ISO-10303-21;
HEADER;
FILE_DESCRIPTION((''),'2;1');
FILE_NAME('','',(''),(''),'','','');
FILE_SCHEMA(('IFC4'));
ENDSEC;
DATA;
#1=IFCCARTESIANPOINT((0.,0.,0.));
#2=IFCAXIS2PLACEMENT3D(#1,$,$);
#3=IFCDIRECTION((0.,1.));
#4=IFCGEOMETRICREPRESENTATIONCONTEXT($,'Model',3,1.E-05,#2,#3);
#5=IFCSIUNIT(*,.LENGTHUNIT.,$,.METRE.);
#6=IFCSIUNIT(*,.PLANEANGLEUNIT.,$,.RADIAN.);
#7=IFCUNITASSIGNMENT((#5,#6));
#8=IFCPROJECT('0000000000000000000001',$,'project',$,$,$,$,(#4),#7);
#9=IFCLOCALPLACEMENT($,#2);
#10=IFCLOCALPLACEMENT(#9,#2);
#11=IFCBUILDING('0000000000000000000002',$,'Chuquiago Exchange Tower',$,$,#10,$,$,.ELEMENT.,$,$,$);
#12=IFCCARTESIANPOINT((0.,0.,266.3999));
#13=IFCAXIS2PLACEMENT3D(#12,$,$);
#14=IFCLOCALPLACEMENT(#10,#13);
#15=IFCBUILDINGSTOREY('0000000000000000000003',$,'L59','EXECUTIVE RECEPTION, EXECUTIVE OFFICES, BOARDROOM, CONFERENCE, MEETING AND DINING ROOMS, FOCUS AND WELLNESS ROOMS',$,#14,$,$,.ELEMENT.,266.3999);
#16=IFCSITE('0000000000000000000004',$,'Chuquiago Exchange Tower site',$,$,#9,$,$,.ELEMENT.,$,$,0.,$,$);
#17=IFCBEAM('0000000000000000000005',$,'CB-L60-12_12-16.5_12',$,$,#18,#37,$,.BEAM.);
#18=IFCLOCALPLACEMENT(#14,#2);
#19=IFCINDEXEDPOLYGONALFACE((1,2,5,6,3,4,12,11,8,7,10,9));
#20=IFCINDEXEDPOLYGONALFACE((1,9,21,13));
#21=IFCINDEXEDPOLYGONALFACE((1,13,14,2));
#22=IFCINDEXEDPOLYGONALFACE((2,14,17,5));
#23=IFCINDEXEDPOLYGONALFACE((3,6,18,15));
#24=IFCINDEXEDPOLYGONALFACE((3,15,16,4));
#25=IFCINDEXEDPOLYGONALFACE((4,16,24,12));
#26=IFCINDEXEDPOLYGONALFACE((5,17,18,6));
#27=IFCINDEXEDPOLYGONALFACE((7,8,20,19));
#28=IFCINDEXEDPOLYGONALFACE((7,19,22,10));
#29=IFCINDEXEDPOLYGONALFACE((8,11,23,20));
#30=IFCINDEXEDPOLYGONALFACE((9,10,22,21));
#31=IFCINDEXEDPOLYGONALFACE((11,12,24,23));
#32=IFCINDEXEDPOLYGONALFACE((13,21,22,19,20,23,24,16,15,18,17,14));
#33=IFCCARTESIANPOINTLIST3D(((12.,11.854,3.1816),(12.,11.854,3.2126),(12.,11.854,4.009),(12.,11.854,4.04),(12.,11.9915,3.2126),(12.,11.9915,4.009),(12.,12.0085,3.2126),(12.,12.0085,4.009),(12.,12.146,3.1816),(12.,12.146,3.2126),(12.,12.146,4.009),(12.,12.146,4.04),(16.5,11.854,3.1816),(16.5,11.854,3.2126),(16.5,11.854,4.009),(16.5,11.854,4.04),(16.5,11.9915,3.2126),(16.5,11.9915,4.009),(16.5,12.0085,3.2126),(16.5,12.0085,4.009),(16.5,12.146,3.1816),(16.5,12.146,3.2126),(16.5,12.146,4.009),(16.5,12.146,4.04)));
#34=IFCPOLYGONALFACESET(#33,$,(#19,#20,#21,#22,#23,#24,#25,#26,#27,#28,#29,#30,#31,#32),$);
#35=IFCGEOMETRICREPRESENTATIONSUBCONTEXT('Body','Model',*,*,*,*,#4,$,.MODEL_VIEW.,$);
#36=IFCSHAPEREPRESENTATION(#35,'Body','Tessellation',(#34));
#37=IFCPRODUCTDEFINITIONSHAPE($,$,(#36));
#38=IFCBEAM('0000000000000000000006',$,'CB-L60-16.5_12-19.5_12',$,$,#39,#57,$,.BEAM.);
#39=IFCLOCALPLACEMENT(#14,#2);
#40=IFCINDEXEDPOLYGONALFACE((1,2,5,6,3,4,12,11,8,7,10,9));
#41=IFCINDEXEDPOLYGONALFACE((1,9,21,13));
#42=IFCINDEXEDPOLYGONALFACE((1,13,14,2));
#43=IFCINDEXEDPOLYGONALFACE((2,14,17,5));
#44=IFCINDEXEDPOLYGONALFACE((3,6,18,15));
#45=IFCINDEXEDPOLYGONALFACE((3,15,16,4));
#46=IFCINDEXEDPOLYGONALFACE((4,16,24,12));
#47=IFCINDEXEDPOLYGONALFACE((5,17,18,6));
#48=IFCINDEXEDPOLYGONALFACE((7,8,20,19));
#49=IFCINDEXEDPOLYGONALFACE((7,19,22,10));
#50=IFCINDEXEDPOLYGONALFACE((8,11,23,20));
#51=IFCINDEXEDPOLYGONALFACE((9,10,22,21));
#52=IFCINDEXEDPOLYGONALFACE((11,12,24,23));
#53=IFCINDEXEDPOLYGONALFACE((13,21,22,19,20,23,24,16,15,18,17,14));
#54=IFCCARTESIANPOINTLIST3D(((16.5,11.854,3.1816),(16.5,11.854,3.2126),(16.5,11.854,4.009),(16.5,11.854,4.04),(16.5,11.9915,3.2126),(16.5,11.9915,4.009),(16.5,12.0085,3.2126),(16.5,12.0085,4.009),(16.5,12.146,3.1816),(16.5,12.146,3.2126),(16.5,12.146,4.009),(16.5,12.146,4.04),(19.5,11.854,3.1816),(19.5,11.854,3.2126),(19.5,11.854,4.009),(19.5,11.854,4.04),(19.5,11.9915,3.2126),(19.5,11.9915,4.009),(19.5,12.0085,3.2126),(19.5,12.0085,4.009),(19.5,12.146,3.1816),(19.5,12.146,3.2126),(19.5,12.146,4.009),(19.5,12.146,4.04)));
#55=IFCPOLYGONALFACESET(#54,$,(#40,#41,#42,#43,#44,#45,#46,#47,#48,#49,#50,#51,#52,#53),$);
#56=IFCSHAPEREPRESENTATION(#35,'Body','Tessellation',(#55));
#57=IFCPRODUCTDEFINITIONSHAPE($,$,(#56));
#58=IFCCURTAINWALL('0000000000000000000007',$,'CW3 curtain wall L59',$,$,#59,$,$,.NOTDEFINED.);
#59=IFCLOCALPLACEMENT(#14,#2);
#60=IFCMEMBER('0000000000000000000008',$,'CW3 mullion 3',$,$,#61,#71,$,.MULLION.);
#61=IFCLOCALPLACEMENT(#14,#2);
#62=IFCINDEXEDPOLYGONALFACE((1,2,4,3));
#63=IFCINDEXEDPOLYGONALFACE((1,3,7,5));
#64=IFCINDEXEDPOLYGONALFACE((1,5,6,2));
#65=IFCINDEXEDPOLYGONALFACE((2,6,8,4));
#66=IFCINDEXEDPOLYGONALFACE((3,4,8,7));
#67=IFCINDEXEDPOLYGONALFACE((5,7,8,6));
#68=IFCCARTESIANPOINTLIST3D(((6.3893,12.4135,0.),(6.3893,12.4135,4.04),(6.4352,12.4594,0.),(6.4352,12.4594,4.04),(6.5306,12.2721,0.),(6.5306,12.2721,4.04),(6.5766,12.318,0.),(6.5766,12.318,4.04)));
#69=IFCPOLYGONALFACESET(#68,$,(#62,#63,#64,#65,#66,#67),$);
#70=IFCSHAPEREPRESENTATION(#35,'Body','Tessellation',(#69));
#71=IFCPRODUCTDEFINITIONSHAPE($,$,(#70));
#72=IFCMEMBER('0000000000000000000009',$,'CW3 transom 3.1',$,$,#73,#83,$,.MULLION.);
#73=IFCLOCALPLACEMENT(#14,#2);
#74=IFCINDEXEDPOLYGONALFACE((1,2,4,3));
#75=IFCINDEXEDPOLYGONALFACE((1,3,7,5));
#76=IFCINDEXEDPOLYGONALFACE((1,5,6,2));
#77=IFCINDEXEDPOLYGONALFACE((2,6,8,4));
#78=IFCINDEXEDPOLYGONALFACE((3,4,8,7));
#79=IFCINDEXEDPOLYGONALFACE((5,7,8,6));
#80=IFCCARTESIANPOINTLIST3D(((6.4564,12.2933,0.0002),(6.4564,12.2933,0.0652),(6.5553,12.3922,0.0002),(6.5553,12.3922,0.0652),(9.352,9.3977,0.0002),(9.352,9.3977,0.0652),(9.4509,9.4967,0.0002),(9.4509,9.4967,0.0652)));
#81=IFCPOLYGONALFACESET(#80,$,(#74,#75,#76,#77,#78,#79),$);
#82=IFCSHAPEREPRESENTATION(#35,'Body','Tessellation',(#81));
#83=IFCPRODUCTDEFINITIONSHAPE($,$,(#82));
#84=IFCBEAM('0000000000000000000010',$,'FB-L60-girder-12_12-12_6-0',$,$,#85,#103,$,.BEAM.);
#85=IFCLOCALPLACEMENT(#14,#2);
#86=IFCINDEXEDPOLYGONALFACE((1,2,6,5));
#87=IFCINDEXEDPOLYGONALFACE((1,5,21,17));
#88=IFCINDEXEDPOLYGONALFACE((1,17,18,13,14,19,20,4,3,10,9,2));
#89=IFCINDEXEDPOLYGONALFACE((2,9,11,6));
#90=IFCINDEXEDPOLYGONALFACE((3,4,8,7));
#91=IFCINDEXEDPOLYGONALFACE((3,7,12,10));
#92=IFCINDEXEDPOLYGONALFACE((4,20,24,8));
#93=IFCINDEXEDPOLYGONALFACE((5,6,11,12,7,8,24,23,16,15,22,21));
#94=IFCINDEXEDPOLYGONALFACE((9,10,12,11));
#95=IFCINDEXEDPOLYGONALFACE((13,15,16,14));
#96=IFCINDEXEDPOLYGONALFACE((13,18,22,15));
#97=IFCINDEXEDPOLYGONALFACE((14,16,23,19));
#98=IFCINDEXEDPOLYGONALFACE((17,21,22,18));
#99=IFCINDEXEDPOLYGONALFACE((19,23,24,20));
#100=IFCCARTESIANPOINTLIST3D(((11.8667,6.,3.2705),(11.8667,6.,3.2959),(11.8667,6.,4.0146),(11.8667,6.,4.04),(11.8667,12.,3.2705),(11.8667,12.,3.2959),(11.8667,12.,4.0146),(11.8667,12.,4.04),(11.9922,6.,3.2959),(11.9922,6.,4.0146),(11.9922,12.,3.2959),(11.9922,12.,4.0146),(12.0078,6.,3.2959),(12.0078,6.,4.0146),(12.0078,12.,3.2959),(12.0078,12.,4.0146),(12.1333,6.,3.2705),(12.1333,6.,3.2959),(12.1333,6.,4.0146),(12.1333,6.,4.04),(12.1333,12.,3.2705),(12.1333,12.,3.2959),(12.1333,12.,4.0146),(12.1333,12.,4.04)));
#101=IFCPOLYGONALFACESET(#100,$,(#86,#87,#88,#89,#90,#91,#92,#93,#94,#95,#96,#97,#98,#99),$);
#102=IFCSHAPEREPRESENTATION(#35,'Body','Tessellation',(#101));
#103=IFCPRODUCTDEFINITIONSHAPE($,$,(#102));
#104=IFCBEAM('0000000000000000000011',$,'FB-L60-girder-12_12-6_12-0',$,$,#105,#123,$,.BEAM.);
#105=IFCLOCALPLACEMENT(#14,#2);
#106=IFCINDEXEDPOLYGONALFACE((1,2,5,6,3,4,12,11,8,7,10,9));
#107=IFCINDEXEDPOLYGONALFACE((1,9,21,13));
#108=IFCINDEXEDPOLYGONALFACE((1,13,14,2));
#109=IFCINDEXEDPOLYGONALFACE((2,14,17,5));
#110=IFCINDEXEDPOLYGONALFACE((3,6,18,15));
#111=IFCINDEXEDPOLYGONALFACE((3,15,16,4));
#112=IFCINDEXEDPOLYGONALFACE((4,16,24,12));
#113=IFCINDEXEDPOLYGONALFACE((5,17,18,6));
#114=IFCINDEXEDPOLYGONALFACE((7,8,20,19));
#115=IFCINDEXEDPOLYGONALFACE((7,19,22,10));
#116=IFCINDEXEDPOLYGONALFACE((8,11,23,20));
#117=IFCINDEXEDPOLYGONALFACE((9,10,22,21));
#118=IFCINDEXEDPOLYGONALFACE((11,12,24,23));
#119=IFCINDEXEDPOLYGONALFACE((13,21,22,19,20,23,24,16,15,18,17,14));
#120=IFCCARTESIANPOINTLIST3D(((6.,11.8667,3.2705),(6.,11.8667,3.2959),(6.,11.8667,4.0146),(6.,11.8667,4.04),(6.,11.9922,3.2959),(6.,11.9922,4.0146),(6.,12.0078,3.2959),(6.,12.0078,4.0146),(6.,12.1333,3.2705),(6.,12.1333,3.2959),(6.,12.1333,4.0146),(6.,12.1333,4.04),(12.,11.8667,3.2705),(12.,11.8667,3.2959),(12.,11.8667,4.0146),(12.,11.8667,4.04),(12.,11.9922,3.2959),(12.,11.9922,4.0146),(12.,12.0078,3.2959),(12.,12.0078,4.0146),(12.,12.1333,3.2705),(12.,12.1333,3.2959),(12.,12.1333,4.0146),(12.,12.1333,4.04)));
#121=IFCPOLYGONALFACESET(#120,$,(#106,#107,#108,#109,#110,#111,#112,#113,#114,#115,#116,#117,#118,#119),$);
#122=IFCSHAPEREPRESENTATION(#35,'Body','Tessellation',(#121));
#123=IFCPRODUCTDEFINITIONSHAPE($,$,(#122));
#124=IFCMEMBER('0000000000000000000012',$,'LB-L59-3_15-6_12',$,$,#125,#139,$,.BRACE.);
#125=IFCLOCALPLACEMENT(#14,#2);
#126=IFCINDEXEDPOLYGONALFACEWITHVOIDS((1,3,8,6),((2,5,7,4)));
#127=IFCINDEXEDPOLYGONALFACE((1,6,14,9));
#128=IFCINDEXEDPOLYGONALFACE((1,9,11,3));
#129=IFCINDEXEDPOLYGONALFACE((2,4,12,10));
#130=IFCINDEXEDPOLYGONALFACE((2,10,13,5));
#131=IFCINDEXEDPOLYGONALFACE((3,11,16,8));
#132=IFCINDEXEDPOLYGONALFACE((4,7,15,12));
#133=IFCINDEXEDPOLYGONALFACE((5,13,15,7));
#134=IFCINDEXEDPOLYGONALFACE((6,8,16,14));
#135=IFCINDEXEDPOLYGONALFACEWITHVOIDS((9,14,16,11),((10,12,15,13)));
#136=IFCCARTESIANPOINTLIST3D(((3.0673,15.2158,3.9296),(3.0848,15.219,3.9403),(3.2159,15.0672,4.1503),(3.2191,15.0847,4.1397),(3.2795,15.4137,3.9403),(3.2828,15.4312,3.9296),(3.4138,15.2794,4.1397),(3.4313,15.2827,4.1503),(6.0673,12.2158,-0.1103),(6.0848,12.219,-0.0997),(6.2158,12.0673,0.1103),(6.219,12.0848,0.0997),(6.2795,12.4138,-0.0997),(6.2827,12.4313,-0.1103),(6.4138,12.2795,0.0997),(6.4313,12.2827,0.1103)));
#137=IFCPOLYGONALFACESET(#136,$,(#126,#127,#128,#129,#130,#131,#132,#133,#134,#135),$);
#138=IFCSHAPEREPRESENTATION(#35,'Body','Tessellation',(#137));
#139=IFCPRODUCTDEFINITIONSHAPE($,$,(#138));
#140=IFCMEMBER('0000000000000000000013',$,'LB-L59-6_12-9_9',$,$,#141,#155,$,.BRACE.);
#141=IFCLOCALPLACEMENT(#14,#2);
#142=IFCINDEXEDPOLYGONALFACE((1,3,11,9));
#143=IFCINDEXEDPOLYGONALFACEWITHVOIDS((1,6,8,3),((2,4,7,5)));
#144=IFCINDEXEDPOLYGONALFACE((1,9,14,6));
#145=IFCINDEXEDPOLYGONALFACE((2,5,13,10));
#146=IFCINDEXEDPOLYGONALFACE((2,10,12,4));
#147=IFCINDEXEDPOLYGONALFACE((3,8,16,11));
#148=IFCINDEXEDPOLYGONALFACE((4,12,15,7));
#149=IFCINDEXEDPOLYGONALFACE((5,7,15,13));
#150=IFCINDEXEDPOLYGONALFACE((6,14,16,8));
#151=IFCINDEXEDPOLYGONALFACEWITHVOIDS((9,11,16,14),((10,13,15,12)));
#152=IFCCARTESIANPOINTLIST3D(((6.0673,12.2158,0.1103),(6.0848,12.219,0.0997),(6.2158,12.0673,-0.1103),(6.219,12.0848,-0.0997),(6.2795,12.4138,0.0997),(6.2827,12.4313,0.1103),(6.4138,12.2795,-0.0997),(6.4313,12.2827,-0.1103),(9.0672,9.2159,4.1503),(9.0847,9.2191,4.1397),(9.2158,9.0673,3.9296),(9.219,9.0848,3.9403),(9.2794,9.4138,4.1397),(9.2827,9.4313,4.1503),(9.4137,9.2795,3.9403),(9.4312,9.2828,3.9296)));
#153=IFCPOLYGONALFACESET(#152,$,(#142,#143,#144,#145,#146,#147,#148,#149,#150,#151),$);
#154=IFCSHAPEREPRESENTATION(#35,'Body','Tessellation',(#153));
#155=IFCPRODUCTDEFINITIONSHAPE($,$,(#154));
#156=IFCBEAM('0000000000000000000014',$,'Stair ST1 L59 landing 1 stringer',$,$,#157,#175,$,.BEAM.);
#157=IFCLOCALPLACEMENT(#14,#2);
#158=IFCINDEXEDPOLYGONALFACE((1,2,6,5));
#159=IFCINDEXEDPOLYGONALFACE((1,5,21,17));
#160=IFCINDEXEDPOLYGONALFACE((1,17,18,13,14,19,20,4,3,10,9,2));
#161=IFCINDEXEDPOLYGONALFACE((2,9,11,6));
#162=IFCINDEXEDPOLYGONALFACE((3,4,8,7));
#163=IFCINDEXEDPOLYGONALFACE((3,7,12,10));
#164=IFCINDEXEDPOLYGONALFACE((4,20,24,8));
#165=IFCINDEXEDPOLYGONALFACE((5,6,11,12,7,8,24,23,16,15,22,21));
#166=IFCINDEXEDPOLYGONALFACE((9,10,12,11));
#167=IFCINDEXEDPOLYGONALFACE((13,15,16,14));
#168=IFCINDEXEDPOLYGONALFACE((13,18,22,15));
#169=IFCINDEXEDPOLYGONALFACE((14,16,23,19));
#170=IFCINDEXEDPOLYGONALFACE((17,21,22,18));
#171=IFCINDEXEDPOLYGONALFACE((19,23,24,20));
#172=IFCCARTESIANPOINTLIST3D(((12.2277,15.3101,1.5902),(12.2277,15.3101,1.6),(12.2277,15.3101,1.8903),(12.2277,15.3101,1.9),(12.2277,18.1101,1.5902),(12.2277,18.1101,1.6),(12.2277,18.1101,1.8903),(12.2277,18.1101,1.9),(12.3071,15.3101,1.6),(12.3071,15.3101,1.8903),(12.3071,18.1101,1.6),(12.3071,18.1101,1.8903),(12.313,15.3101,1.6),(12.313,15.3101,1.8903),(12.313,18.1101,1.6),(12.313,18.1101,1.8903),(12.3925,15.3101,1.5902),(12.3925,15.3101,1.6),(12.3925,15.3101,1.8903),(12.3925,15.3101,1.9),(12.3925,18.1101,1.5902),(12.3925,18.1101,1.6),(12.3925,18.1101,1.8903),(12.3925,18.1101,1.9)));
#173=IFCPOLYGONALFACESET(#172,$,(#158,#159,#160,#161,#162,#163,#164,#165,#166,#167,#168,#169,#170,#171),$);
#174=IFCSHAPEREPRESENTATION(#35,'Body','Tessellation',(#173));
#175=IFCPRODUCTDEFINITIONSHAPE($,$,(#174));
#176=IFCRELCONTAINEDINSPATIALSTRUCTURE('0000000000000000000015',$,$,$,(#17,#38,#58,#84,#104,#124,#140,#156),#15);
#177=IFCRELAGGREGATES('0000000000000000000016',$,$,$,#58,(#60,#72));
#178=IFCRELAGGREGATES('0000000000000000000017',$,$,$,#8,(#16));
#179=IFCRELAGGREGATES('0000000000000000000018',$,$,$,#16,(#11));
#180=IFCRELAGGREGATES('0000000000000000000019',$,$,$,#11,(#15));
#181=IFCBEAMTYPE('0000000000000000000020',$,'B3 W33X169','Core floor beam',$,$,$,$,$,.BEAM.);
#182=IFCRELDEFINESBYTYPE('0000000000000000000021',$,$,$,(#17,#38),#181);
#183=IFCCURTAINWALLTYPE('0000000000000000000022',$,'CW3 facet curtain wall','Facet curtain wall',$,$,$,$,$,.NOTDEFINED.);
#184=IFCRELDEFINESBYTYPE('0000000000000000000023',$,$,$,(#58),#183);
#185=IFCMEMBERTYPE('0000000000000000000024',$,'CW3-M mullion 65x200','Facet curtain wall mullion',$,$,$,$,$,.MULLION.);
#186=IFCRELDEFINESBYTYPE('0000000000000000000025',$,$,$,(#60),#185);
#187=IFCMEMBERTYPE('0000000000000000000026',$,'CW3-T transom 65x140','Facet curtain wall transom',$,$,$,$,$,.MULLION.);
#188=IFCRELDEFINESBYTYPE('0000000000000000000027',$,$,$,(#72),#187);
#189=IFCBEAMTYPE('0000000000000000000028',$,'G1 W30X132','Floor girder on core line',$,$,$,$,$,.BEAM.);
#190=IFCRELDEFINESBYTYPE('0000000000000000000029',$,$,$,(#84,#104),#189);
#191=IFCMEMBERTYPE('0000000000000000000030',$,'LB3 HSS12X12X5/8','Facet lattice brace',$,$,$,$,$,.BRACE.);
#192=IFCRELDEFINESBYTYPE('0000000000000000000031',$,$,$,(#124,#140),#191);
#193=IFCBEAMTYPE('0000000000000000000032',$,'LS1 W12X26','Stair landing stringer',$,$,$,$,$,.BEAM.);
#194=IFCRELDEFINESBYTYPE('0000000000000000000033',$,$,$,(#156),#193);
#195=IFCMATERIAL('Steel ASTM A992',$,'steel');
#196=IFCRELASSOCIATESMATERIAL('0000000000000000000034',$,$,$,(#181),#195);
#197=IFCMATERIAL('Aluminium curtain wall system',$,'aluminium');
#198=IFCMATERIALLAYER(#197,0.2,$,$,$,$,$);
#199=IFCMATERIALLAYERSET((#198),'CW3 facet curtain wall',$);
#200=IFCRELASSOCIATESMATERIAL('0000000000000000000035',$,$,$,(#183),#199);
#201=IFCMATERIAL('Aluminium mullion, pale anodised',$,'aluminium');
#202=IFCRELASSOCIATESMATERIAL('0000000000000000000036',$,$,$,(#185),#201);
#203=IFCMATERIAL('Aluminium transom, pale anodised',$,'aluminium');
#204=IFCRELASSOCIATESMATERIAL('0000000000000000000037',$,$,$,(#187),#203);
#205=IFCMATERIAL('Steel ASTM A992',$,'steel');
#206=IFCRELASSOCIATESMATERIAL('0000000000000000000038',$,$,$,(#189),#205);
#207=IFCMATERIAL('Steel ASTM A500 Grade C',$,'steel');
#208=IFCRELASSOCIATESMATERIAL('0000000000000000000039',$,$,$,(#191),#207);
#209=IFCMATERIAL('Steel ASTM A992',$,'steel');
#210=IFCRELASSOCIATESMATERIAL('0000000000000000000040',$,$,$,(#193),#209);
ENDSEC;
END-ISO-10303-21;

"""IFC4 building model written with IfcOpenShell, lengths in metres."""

from ifc_helpers import new_model, si_unit, direction, frame, origin, origin_2d, place, context, subcontext, project, spatial, rectangle, hollow_rectangle, i_section, extrude, material, layer, layer_set, material_profile, profile_set, type_object, element, aggregate, save


model = new_model("IFC4")

# Units and contexts
model_context = context("Model", 3, precision=1e-05, world=origin(), true_north=direction((0.0, 1.0)))
body_context = subcontext(model_context, "Body", "Model", "MODEL_VIEW")
ifc_project = project(units=[si_unit("LENGTHUNIT", "METRE"), si_unit("PLANEANGLEUNIT", "RADIAN")], contexts=[model_context])

# Site, building, storey
site_placement = place(None, origin())
site = spatial("IfcSite", under=ifc_project, at=site_placement, Name="Chuquiago Exchange Tower site", CompositionType="ELEMENT", RefElevation=0.0)
building_placement = place(site_placement, origin())
building = spatial("IfcBuilding", under=site, at=building_placement, Name="Chuquiago Exchange Tower", CompositionType="ELEMENT")
storey_placement = place(building_placement, frame((0.0, 0.0, 266.3999)))
storey = spatial("IfcBuildingStorey", under=building, at=storey_placement, Name="L59", Description="EXECUTIVE RECEPTION, EXECUTIVE OFFICES, BOARDROOM, CONFERENCE, MEETING AND DINING ROOMS, FOCUS AND WELLNESS ROOMS", CompositionType="ELEMENT", Elevation=266.3999)

# Beams
ifc_material_1 = material(Name="Steel ASTM A992", Category="steel")
ifc_material_profile_1 = material_profile(ifc_material_1, i_section(OverallWidth=0.292, OverallDepth=0.8584, WebThickness=0.0171, FlangeThickness=0.031, at=origin_2d()), Name="W33X169")
ifc_profile_set_1 = profile_set([ifc_material_profile_1], Name="Steel ASTM A992")
beam_type_1 = type_object("IfcBeamType", Name="B3 W33X169", Description="Core floor beam", PredefinedType="BEAM", material=ifc_profile_set_1)
beam_1_placement = place(storey_placement, frame((12.0, 12.0, 3.6108), z_axis=(1.0, 0.0, 0.0), x_axis=(0.0, 1.0, 0.0)))
element("IfcBeam", 1, at=beam_1_placement, inside=storey, type_object=beam_type_1, Name="CB-L60-12_12-16.5_12", PredefinedType="BEAM", context=body_context, shape_type="SweptSolid", body=[
    extrude(i_section(OverallWidth=0.292, OverallDepth=0.8584, WebThickness=0.0171, FlangeThickness=0.031, at=origin_2d()), origin(), (0.0, 0.0, 1.0), 4.5),
])
beam_2_placement = place(storey_placement, frame((16.5, 12.0, 3.6108), z_axis=(1.0, 0.0, 0.0), x_axis=(0.0, 1.0, 0.0)))
element("IfcBeam", 2, at=beam_2_placement, inside=storey, type_object=beam_type_1, Name="CB-L60-16.5_12-19.5_12", PredefinedType="BEAM", context=body_context, shape_type="SweptSolid", body=[
    extrude(i_section(OverallWidth=0.292, OverallDepth=0.8584, WebThickness=0.0171, FlangeThickness=0.031, at=origin_2d()), origin(), (0.0, 0.0, 1.0), 3.0),
])

# Curtain wall, members
ifc_material_2 = material(Name="Aluminium curtain wall system", Category="aluminium")
ifc_layer_1 = layer(ifc_material_2, 0.2)
ifc_layer_set_1 = layer_set([ifc_layer_1], Name="CW3 facet curtain wall")
curtain_wall_type = type_object("IfcCurtainWallType", Name="CW3 facet curtain wall", Description="Facet curtain wall", PredefinedType="NOTDEFINED", material=ifc_layer_set_1)
curtain_wall_placement = place(storey_placement, origin())
curtain_wall = element("IfcCurtainWall", 3, at=curtain_wall_placement, inside=storey, type_object=curtain_wall_type, Name="CW3 curtain wall L59", PredefinedType="NOTDEFINED")
ifc_material_3 = material(Name="Aluminium mullion, pale anodised", Category="aluminium")
ifc_material_profile_2 = material_profile(ifc_material_3, rectangle(XDim=0.0649, YDim=0.2, at=origin_2d()), Name="AL 65x200")
ifc_profile_set_2 = profile_set([ifc_material_profile_2], Name="Aluminium mullion, pale anodised")
member_type_1 = type_object("IfcMemberType", Name="CW3-M mullion 65x200", Description="Facet curtain wall mullion", PredefinedType="MULLION", material=ifc_profile_set_2)
member_1_placement = place(storey_placement, frame((6.4829, 12.3657, 0.0), z_axis=(0.0, 0.0, 1.0), x_axis=(0.707107, 0.707107, 0.0)))
member_1 = element("IfcMember", 4, at=member_1_placement, type_object=member_type_1, Name="CW3 mullion 3", PredefinedType="MULLION", context=body_context, shape_type="SweptSolid", body=[
    extrude(rectangle(XDim=0.0649, YDim=0.2, at=origin_2d()), origin(), (0.0, 0.0, 1.0), 4.04),
])
ifc_material_4 = material(Name="Aluminium transom, pale anodised", Category="aluminium")
ifc_material_profile_3 = material_profile(ifc_material_4, rectangle(XDim=0.1399, YDim=0.0649, at=origin_2d()), Name="AL 140x65")
ifc_profile_set_3 = profile_set([ifc_material_profile_3], Name="Aluminium transom, pale anodised")
member_type_2 = type_object("IfcMemberType", Name="CW3-T transom 65x140", Description="Facet curtain wall transom", PredefinedType="MULLION", material=ifc_profile_set_3)
member_2_placement = place(storey_placement, frame((6.5059, 12.3428, 0.0327), z_axis=(0.707107, -0.707107, 0.0), x_axis=(0.707107, 0.707107, 0.0)))
member_2 = element("IfcMember", 5, at=member_2_placement, type_object=member_type_2, Name="CW3 transom 3.1", PredefinedType="MULLION", context=body_context, shape_type="SweptSolid", body=[
    extrude(rectangle(XDim=0.1399, YDim=0.0649, at=origin_2d()), origin(), (0.0, 0.0, 1.0), 4.095),
])

# Beams
ifc_material_5 = material(Name="Steel ASTM A992", Category="steel")
ifc_material_profile_4 = material_profile(ifc_material_5, i_section(OverallWidth=0.2666, OverallDepth=0.7695, WebThickness=0.0156, FlangeThickness=0.0254, at=origin_2d()), Name="W30X132")
ifc_profile_set_4 = profile_set([ifc_material_profile_4], Name="Steel ASTM A992")
beam_type_2 = type_object("IfcBeamType", Name="G1 W30X132", Description="Floor girder on core line", PredefinedType="BEAM", material=ifc_profile_set_4)
for number, where, z_axis, x_axis, name in (
    (6, (12.0, 12.0, 3.6553), (0.0, -1.0, 0.0), (1.0, 0.0, 0.0), "FB-L60-girder-12_12-12_6-0"),
    (7, (12.0, 12.0, 3.6553), (-1.0, 0.0, 0.0), (0.0, -1.0, 0.0), "FB-L60-girder-12_12-6_12-0"),
):
    element("IfcBeam", number, at=place(storey_placement, frame(where, z_axis=z_axis, x_axis=x_axis)), inside=storey, type_object=beam_type_2, Name=name, PredefinedType="BEAM", context=body_context, shape_type="SweptSolid", body=[
        extrude(i_section(OverallWidth=0.2666, OverallDepth=0.7695, WebThickness=0.0156, FlangeThickness=0.0254, at=origin_2d()), origin(), (0.0, 0.0, 1.0), 6.0),
    ])

# Members
ifc_material_6 = material(Name="Steel ASTM A500 Grade C", Category="steel")
ifc_material_profile_5 = material_profile(ifc_material_6, hollow_rectangle(XDim=0.3047, YDim=0.3047, WallThickness=0.0146, at=origin_2d()), Name="HSS12X12X5/8")
ifc_profile_set_5 = profile_set([ifc_material_profile_5], Name="Steel ASTM A500 Grade C")
member_type_3 = type_object("IfcMemberType", Name="LB3 HSS12X12X5/8", Description="Facet lattice brace", PredefinedType="BRACE", material=ifc_profile_set_5)
for number, where, z_axis, x_axis, name in (
    (8, (6.2493, 12.2493, 0.0), (-0.512077, 0.512077, 0.689604), (-0.707107, -0.707107, 0.0), "LB-L59-3_15-6_12"),
    (9, (6.2493, 12.2493, 0.0), (0.512077, -0.512077, 0.689604), (0.707107, 0.707107, 0.0), "LB-L59-6_12-9_9"),
):
    element("IfcMember", number, at=place(storey_placement, frame(where, z_axis=z_axis, x_axis=x_axis)), inside=storey, type_object=member_type_3, Name=name, PredefinedType="BRACE", context=body_context, shape_type="SweptSolid", body=[
        extrude(hollow_rectangle(XDim=0.3047, YDim=0.3047, WallThickness=0.0146, at=origin_2d()), origin(), (0.0, 0.0, 1.0), 5.8584),
    ])

# Beam
ifc_material_7 = material(Name="Steel ASTM A992", Category="steel")
ifc_material_profile_6 = material_profile(ifc_material_7, i_section(OverallWidth=0.1648, OverallDepth=0.3098, WebThickness=0.0059, FlangeThickness=0.0098, at=origin_2d()), Name="W12X26")
ifc_profile_set_6 = profile_set([ifc_material_profile_6], Name="Steel ASTM A992")
beam_type_3 = type_object("IfcBeamType", Name="LS1 W12X26", Description="Stair landing stringer", PredefinedType="BEAM", material=ifc_profile_set_6)
for number, where, z_axis, x_axis, name in (
    (10, (12.3101, 15.3101, 1.7451), (0.0, 1.0, 0.0), (-1.0, 0.0, 0.0), "Stair ST1 L59 landing 1 stringer"),
):
    element("IfcBeam", number, at=place(storey_placement, frame(where, z_axis=z_axis, x_axis=x_axis)), inside=storey, type_object=beam_type_3, Name=name, PredefinedType="BEAM", context=body_context, shape_type="SweptSolid", body=[
        extrude(i_section(OverallWidth=0.1648, OverallDepth=0.3098, WebThickness=0.0059, FlangeThickness=0.0098, at=origin_2d()), origin(), (0.0, 0.0, 1.0), 2.8),
    ])

aggregate(curtain_wall, [member_1, member_2])

save(model, "model.ifc")
